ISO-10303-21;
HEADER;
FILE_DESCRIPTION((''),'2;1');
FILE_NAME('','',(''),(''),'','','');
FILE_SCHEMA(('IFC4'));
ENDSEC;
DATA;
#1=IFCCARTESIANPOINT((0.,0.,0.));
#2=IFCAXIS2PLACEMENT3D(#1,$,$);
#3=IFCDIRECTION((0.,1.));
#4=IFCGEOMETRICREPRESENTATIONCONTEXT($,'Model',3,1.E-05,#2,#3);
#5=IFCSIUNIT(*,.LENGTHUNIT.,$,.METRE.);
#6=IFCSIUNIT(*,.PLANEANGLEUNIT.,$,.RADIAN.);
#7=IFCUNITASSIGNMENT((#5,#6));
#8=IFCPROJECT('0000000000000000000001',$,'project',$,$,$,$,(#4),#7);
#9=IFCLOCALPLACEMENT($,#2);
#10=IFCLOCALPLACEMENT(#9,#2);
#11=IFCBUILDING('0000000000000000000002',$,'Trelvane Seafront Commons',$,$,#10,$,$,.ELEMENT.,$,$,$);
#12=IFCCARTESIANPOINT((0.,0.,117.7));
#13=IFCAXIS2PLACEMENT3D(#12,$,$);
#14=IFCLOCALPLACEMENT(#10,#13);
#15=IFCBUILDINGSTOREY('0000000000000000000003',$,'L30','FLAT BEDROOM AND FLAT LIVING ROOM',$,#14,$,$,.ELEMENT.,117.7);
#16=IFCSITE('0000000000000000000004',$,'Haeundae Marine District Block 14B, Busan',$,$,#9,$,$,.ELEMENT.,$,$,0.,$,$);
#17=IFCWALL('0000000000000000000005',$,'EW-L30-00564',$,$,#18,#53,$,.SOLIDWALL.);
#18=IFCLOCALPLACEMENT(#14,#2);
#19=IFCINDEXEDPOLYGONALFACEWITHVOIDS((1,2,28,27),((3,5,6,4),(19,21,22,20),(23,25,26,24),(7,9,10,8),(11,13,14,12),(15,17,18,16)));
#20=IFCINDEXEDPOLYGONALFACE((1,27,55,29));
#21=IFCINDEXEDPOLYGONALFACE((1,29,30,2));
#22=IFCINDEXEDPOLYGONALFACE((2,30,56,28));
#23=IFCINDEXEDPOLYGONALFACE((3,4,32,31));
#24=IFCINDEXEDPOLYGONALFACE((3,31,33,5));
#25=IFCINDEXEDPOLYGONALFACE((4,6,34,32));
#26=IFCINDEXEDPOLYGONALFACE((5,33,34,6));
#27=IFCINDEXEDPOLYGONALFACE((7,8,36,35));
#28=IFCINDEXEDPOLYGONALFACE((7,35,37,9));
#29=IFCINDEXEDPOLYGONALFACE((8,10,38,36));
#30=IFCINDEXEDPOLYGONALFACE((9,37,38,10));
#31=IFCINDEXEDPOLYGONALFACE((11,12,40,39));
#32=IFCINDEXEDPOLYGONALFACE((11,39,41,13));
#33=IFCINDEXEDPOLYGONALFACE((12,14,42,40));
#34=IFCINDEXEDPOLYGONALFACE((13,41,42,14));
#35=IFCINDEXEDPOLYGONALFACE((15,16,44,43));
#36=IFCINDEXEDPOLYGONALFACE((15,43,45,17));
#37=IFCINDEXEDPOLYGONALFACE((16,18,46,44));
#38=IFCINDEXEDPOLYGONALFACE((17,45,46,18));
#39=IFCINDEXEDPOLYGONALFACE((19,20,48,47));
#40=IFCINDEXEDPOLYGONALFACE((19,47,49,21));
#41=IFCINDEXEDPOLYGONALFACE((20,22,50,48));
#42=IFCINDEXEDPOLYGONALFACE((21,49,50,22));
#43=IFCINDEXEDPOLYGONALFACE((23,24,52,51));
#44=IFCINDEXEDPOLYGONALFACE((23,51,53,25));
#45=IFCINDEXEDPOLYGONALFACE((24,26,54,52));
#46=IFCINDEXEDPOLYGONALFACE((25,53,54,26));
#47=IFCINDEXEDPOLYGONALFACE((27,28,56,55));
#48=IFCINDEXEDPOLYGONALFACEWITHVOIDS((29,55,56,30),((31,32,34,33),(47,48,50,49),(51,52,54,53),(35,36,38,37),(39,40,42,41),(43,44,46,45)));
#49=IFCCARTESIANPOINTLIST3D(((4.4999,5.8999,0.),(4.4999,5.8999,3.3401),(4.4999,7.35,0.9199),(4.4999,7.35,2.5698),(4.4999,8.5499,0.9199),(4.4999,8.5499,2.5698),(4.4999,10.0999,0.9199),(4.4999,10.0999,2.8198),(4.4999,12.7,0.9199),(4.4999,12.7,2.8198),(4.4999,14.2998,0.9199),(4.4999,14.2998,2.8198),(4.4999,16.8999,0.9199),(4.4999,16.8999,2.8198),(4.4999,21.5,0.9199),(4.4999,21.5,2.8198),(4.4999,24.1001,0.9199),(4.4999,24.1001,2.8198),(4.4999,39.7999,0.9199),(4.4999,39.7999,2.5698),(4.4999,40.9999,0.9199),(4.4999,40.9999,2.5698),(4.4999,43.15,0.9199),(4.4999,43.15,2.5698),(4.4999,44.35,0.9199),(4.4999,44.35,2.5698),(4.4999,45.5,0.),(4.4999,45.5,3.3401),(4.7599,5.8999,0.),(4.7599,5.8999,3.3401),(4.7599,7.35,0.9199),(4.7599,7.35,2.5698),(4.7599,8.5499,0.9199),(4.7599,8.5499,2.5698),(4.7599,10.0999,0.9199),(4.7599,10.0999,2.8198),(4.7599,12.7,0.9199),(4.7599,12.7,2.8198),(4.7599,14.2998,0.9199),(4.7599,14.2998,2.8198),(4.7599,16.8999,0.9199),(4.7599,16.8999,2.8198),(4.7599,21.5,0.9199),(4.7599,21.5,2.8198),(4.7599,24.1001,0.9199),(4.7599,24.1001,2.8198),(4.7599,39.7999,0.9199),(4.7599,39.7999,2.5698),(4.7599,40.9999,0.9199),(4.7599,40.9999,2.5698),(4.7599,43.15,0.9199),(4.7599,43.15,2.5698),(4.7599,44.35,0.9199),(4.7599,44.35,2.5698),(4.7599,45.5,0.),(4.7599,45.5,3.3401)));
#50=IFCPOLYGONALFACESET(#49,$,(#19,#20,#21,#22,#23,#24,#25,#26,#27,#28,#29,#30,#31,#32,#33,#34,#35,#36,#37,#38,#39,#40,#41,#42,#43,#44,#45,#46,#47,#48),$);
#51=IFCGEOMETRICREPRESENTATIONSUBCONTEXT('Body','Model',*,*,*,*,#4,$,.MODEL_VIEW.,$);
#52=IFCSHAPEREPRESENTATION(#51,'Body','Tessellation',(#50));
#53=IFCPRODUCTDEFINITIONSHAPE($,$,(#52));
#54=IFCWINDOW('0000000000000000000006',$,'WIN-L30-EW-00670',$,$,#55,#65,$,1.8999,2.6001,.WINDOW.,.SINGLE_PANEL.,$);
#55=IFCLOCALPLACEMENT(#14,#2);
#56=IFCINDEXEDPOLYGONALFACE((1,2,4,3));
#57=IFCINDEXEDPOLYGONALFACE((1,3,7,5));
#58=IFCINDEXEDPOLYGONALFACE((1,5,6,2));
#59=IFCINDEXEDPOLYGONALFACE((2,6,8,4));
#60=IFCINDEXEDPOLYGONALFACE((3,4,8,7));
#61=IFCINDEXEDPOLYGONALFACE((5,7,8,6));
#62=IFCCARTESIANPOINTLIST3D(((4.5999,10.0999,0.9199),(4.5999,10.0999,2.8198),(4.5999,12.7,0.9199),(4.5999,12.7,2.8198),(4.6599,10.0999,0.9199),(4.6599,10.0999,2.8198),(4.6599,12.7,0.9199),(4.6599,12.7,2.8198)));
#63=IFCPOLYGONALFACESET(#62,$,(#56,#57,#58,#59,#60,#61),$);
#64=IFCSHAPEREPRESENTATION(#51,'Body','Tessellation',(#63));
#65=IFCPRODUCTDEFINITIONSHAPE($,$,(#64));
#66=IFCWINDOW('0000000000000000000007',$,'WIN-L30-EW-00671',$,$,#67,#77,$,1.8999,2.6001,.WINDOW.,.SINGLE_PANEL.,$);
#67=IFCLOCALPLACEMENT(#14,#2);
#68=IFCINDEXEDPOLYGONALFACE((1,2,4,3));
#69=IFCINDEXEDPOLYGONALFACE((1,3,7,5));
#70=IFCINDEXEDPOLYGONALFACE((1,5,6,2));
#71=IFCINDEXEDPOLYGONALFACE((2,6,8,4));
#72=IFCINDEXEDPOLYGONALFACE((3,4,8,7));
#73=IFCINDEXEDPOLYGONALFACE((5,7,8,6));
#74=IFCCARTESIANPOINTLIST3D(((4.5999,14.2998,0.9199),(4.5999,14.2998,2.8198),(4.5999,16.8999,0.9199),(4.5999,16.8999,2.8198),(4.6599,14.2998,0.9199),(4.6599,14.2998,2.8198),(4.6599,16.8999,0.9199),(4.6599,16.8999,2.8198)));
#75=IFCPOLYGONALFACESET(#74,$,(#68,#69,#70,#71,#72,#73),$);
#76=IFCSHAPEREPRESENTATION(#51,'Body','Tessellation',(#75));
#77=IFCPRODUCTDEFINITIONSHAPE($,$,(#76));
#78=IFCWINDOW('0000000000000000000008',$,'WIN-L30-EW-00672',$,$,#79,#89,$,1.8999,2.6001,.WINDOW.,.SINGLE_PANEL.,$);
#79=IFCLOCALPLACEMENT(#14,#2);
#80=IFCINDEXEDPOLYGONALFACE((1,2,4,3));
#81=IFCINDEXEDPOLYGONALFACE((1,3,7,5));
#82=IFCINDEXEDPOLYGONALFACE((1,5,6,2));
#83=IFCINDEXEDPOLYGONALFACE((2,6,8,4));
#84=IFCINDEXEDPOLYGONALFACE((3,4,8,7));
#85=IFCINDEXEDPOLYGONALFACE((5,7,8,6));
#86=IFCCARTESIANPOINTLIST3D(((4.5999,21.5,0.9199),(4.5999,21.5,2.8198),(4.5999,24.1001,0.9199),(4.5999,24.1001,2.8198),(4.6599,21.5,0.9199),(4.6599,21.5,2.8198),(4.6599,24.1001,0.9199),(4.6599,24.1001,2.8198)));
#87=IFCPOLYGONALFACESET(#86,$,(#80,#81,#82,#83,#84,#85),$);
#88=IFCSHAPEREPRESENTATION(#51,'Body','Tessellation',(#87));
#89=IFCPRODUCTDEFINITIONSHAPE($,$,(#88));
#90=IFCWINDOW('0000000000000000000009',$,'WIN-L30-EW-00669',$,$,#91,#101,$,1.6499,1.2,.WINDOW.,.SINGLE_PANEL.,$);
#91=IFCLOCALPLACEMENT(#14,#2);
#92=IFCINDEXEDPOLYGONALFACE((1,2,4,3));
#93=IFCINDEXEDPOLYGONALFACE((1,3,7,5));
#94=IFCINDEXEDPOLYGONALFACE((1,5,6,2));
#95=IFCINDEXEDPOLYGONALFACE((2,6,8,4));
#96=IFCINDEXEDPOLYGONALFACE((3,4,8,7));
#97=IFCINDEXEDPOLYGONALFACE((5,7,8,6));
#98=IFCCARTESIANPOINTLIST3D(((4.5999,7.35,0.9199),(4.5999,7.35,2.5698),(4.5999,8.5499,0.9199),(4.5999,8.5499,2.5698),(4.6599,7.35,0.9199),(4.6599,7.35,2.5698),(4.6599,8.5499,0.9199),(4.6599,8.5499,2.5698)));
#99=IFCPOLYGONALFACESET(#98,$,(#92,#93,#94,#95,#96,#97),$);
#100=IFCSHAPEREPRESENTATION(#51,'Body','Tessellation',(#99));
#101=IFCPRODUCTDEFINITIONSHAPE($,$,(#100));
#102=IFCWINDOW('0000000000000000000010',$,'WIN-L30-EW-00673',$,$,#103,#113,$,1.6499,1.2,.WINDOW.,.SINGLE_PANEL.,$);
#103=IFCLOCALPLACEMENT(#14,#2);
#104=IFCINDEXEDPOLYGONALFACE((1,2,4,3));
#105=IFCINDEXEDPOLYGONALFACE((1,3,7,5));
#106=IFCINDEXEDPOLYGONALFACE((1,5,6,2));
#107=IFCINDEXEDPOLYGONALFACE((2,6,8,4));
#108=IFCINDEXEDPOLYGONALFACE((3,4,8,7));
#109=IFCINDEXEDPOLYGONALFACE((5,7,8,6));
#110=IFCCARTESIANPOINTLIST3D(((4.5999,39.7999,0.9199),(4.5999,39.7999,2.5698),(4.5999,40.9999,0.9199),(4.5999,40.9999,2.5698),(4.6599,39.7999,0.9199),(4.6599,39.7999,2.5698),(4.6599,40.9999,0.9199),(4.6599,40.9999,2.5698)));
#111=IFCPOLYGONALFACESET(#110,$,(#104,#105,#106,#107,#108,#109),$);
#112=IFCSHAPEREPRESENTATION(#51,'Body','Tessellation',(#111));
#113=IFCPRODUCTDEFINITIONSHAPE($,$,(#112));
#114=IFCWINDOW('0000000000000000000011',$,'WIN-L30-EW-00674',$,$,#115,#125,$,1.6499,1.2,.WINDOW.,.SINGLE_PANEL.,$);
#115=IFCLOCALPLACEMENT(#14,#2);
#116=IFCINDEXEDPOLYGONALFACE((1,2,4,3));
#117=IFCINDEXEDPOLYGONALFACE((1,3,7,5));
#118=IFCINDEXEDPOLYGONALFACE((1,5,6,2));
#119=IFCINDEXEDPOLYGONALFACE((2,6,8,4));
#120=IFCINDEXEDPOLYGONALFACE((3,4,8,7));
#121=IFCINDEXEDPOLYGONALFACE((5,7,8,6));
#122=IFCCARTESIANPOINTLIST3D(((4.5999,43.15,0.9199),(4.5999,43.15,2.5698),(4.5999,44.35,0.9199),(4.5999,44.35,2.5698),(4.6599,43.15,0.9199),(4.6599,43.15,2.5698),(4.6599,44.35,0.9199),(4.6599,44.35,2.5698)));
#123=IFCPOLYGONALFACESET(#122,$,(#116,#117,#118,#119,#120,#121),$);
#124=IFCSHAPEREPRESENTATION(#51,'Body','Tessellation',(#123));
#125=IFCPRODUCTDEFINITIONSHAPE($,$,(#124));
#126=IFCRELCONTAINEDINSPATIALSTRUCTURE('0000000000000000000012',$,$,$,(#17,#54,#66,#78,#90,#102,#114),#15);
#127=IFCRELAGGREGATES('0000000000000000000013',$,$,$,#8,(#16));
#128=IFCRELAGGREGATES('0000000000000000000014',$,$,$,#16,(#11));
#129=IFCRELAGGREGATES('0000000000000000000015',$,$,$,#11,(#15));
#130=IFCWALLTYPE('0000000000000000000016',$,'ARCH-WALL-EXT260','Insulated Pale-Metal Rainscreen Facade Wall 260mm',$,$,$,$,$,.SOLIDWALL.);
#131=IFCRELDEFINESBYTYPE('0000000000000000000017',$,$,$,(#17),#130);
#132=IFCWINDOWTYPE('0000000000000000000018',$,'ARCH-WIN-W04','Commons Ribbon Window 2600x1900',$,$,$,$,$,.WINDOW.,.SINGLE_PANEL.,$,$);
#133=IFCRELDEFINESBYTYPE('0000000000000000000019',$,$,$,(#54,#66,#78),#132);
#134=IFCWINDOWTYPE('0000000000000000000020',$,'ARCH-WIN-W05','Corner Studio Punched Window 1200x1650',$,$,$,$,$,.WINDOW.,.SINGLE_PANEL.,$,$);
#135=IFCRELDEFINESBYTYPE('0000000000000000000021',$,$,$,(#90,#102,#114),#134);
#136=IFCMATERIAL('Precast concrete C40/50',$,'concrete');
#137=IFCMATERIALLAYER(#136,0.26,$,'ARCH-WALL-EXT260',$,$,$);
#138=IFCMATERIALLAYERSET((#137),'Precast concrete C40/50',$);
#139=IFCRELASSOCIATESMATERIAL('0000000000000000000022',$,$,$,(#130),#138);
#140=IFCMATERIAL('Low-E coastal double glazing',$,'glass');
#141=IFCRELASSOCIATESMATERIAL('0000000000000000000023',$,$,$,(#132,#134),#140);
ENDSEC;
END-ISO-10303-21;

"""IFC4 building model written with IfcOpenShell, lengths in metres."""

from ifc_helpers import new_model, si_unit, direction, frame, frame_2d, origin, place, context, subcontext, project, spatial, rectangle, extrude, source, transform, mapped, material, layer, layer_set, type_object, element, fill, save


model = new_model("IFC4")

# Units and contexts
model_context = context("Model", 3, precision=1e-05, world=origin(), true_north=direction((0.0, 1.0)))
body_context = subcontext(model_context, "Body", "Model", "MODEL_VIEW")
ifc_project = project(units=[si_unit("LENGTHUNIT", "METRE"), si_unit("PLANEANGLEUNIT", "RADIAN")], contexts=[model_context])

# Site, building, storey
site_placement = place(None, origin())
site = spatial("IfcSite", under=ifc_project, at=site_placement, Name="Haeundae Marine District Block 14B, Busan", CompositionType="ELEMENT", RefElevation=0.0)
building_placement = place(site_placement, origin())
building = spatial("IfcBuilding", under=site, at=building_placement, Name="Trelvane Seafront Commons", CompositionType="ELEMENT")
storey_placement = place(building_placement, frame((0.0, 0.0, 117.7)))
storey = spatial("IfcBuildingStorey", under=building, at=storey_placement, Name="L30", Description="FLAT BEDROOM AND FLAT LIVING ROOM", CompositionType="ELEMENT", Elevation=117.7)

# Shared definitions
ifc_material_1 = material(Name="Precast concrete C40/50", Category="concrete")
ifc_layer_1 = layer(ifc_material_1, 0.26, Name="ARCH-WALL-EXT260")
ifc_layer_set_1 = layer_set([ifc_layer_1], Name="Precast concrete C40/50")
wall_type = type_object("IfcWallType", Name="ARCH-WALL-EXT260", Description="Insulated Pale-Metal Rainscreen Facade Wall 260mm", PredefinedType="SOLIDWALL", material=ifc_layer_set_1)

# Wall, openings, windows
wall_1_placement = place(storey_placement, frame((4.6299, 5.8999, 0.0), z_axis=(0.0, 0.0, 1.0), x_axis=(0.0, 1.0, 0.0)))
wall_1 = element("IfcWall", 1, at=wall_1_placement, inside=storey, type_object=wall_type, Name="EW-L30-00564", PredefinedType="SOLIDWALL", context=body_context, shape_type="SweptSolid", body=[
    extrude(rectangle(XDim=39.6001, YDim=0.26, at=frame_2d((19.8, 0.0))), origin(), (0.0, 0.0, 1.0), 3.3401),
])
opening_1_placement = place(wall_1_placement, frame((1.45, 0.0, 0.9199)))
opening_1 = element("IfcOpeningElement", 2, at=opening_1_placement, cuts=wall_1, PredefinedType="OPENING", context=body_context, shape_type="SweptSolid", body=[
    extrude(rectangle(XDim=1.2, YDim=1.6499, at=frame_2d((0.6001, 0.825))), frame((0.0, 0.1399, 0.0), z_axis=(0.0, -1.0, 0.0), x_axis=(1.0, 0.0, 0.0)), (0.0, 0.0, 1.0), 0.28),
])
opening_2_placement = place(wall_1_placement, frame((4.2, 0.0, 0.9199)))
opening_2 = element("IfcOpeningElement", 3, at=opening_2_placement, cuts=wall_1, PredefinedType="OPENING", context=body_context, shape_type="SweptSolid", body=[
    extrude(rectangle(XDim=2.6001, YDim=1.8999, at=frame_2d((1.3, 0.95))), frame((0.0, 0.1399, 0.0), z_axis=(0.0, -1.0, 0.0), x_axis=(1.0, 0.0, 0.0)), (0.0, 0.0, 1.0), 0.28),
])
opening_3_placement = place(wall_1_placement, frame((8.3999, 0.0, 0.9199)))
opening_3 = element("IfcOpeningElement", 4, at=opening_3_placement, cuts=wall_1, PredefinedType="OPENING", context=body_context, shape_type="SweptSolid", body=[
    extrude(rectangle(XDim=2.6001, YDim=1.8999, at=frame_2d((1.3, 0.95))), frame((0.0, 0.1399, 0.0), z_axis=(0.0, -1.0, 0.0), x_axis=(1.0, 0.0, 0.0)), (0.0, 0.0, 1.0), 0.28),
])
opening_4_placement = place(wall_1_placement, frame((15.6001, 0.0, 0.9199)))
opening_4 = element("IfcOpeningElement", 5, at=opening_4_placement, cuts=wall_1, PredefinedType="OPENING", context=body_context, shape_type="SweptSolid", body=[
    extrude(rectangle(XDim=2.6001, YDim=1.8999, at=frame_2d((1.3, 0.95))), frame((0.0, 0.1399, 0.0), z_axis=(0.0, -1.0, 0.0), x_axis=(1.0, 0.0, 0.0)), (0.0, 0.0, 1.0), 0.28),
])
opening_5_placement = place(wall_1_placement, frame((33.8999, 0.0, 0.9199)))
opening_5 = element("IfcOpeningElement", 6, at=opening_5_placement, cuts=wall_1, PredefinedType="OPENING", context=body_context, shape_type="SweptSolid", body=[
    extrude(rectangle(XDim=1.2, YDim=1.6499, at=frame_2d((0.6001, 0.825))), frame((0.0, 0.1399, 0.0), z_axis=(0.0, -1.0, 0.0), x_axis=(1.0, 0.0, 0.0)), (0.0, 0.0, 1.0), 0.28),
])
opening_6_placement = place(wall_1_placement, frame((37.25, 0.0, 0.9199)))
opening_6 = element("IfcOpeningElement", 7, at=opening_6_placement, cuts=wall_1, PredefinedType="OPENING", context=body_context, shape_type="SweptSolid", body=[
    extrude(rectangle(XDim=1.2, YDim=1.6499, at=frame_2d((0.6001, 0.825))), frame((0.0, 0.1399, 0.0), z_axis=(0.0, -1.0, 0.0), x_axis=(1.0, 0.0, 0.0)), (0.0, 0.0, 1.0), 0.28),
])
ifc_material_2 = material(Name="Low-E coastal double glazing", Category="glass")
window_type_1 = type_object("IfcWindowType", Name="ARCH-WIN-W04", Description="Commons Ribbon Window 2600x1900", PartitioningType="SINGLE_PANEL", PredefinedType="WINDOW", material=ifc_material_2)
shared_shape_1 = source(origin(), body_context, "Body", "SweptSolid", [
    extrude(rectangle(XDim=2.6001, YDim=1.8999, at=frame_2d((1.3, 0.95))), frame((0.0, 0.03, 0.0), z_axis=(0.0, -1.0, 0.0), x_axis=(1.0, 0.0, 0.0)), (0.0, 0.0, 1.0), 0.0601),
])
window_1_placement = place(opening_2_placement, origin())
window_1 = element("IfcWindow", 8, at=window_1_placement, inside=storey, type_object=window_type_1, Name="WIN-L30-EW-00670", OverallHeight=1.8999, OverallWidth=2.6001, PartitioningType="SINGLE_PANEL", PredefinedType="WINDOW", context=body_context, shape_type="MappedRepresentation", body=[
    mapped(shared_shape_1, transform((0.0, 0.0, 0.0), x_axis=(1.0, 0.0, 0.0), y_axis=(0.0, 1.0, 0.0), z_axis=(0.0, 0.0, 1.0), scale=1.0)),
])
fill(opening_2, window_1)
window_2_placement = place(opening_3_placement, origin())
window_2 = element("IfcWindow", 9, at=window_2_placement, inside=storey, type_object=window_type_1, Name="WIN-L30-EW-00671", OverallHeight=1.8999, OverallWidth=2.6001, PartitioningType="SINGLE_PANEL", PredefinedType="WINDOW", context=body_context, shape_type="MappedRepresentation", body=[
    mapped(shared_shape_1, transform((0.0, 0.0, 0.0), x_axis=(1.0, 0.0, 0.0), y_axis=(0.0, 1.0, 0.0), z_axis=(0.0, 0.0, 1.0), scale=1.0)),
])
fill(opening_3, window_2)
window_3_placement = place(opening_4_placement, origin())
window_3 = element("IfcWindow", 10, at=window_3_placement, inside=storey, type_object=window_type_1, Name="WIN-L30-EW-00672", OverallHeight=1.8999, OverallWidth=2.6001, PartitioningType="SINGLE_PANEL", PredefinedType="WINDOW", context=body_context, shape_type="MappedRepresentation", body=[
    mapped(shared_shape_1, transform((0.0, 0.0, 0.0), x_axis=(1.0, 0.0, 0.0), y_axis=(0.0, 1.0, 0.0), z_axis=(0.0, 0.0, 1.0), scale=1.0)),
])
fill(opening_4, window_3)
window_type_2 = type_object("IfcWindowType", Name="ARCH-WIN-W05", Description="Corner Studio Punched Window 1200x1650", PartitioningType="SINGLE_PANEL", PredefinedType="WINDOW", material=ifc_material_2)
shared_shape_2 = source(origin(), body_context, "Body", "SweptSolid", [
    extrude(rectangle(XDim=1.2, YDim=1.6499, at=frame_2d((0.6001, 0.825))), frame((0.0, 0.03, 0.0), z_axis=(0.0, -1.0, 0.0), x_axis=(1.0, 0.0, 0.0)), (0.0, 0.0, 1.0), 0.0601),
])
window_4_placement = place(opening_1_placement, origin())
window_4 = element("IfcWindow", 11, at=window_4_placement, inside=storey, type_object=window_type_2, Name="WIN-L30-EW-00669", OverallHeight=1.6499, OverallWidth=1.2, PartitioningType="SINGLE_PANEL", PredefinedType="WINDOW", context=body_context, shape_type="MappedRepresentation", body=[
    mapped(shared_shape_2, transform((0.0, 0.0, 0.0), x_axis=(1.0, 0.0, 0.0), y_axis=(0.0, 1.0, 0.0), z_axis=(0.0, 0.0, 1.0), scale=1.0)),
])
fill(opening_1, window_4)
window_5_placement = place(opening_5_placement, origin())
window_5 = element("IfcWindow", 12, at=window_5_placement, inside=storey, type_object=window_type_2, Name="WIN-L30-EW-00673", OverallHeight=1.6499, OverallWidth=1.2, PartitioningType="SINGLE_PANEL", PredefinedType="WINDOW", context=body_context, shape_type="MappedRepresentation", body=[
    mapped(shared_shape_2, transform((0.0, 0.0, 0.0), x_axis=(1.0, 0.0, 0.0), y_axis=(0.0, 1.0, 0.0), z_axis=(0.0, 0.0, 1.0), scale=1.0)),
])
fill(opening_5, window_5)
window_6_placement = place(opening_6_placement, origin())
window_6 = element("IfcWindow", 13, at=window_6_placement, inside=storey, type_object=window_type_2, Name="WIN-L30-EW-00674", OverallHeight=1.6499, OverallWidth=1.2, PartitioningType="SINGLE_PANEL", PredefinedType="WINDOW", context=body_context, shape_type="MappedRepresentation", body=[
    mapped(shared_shape_2, transform((0.0, 0.0, 0.0), x_axis=(1.0, 0.0, 0.0), y_axis=(0.0, 1.0, 0.0), z_axis=(0.0, 0.0, 1.0), scale=1.0)),
])
fill(opening_6, window_6)

save(model, "model.ifc")
